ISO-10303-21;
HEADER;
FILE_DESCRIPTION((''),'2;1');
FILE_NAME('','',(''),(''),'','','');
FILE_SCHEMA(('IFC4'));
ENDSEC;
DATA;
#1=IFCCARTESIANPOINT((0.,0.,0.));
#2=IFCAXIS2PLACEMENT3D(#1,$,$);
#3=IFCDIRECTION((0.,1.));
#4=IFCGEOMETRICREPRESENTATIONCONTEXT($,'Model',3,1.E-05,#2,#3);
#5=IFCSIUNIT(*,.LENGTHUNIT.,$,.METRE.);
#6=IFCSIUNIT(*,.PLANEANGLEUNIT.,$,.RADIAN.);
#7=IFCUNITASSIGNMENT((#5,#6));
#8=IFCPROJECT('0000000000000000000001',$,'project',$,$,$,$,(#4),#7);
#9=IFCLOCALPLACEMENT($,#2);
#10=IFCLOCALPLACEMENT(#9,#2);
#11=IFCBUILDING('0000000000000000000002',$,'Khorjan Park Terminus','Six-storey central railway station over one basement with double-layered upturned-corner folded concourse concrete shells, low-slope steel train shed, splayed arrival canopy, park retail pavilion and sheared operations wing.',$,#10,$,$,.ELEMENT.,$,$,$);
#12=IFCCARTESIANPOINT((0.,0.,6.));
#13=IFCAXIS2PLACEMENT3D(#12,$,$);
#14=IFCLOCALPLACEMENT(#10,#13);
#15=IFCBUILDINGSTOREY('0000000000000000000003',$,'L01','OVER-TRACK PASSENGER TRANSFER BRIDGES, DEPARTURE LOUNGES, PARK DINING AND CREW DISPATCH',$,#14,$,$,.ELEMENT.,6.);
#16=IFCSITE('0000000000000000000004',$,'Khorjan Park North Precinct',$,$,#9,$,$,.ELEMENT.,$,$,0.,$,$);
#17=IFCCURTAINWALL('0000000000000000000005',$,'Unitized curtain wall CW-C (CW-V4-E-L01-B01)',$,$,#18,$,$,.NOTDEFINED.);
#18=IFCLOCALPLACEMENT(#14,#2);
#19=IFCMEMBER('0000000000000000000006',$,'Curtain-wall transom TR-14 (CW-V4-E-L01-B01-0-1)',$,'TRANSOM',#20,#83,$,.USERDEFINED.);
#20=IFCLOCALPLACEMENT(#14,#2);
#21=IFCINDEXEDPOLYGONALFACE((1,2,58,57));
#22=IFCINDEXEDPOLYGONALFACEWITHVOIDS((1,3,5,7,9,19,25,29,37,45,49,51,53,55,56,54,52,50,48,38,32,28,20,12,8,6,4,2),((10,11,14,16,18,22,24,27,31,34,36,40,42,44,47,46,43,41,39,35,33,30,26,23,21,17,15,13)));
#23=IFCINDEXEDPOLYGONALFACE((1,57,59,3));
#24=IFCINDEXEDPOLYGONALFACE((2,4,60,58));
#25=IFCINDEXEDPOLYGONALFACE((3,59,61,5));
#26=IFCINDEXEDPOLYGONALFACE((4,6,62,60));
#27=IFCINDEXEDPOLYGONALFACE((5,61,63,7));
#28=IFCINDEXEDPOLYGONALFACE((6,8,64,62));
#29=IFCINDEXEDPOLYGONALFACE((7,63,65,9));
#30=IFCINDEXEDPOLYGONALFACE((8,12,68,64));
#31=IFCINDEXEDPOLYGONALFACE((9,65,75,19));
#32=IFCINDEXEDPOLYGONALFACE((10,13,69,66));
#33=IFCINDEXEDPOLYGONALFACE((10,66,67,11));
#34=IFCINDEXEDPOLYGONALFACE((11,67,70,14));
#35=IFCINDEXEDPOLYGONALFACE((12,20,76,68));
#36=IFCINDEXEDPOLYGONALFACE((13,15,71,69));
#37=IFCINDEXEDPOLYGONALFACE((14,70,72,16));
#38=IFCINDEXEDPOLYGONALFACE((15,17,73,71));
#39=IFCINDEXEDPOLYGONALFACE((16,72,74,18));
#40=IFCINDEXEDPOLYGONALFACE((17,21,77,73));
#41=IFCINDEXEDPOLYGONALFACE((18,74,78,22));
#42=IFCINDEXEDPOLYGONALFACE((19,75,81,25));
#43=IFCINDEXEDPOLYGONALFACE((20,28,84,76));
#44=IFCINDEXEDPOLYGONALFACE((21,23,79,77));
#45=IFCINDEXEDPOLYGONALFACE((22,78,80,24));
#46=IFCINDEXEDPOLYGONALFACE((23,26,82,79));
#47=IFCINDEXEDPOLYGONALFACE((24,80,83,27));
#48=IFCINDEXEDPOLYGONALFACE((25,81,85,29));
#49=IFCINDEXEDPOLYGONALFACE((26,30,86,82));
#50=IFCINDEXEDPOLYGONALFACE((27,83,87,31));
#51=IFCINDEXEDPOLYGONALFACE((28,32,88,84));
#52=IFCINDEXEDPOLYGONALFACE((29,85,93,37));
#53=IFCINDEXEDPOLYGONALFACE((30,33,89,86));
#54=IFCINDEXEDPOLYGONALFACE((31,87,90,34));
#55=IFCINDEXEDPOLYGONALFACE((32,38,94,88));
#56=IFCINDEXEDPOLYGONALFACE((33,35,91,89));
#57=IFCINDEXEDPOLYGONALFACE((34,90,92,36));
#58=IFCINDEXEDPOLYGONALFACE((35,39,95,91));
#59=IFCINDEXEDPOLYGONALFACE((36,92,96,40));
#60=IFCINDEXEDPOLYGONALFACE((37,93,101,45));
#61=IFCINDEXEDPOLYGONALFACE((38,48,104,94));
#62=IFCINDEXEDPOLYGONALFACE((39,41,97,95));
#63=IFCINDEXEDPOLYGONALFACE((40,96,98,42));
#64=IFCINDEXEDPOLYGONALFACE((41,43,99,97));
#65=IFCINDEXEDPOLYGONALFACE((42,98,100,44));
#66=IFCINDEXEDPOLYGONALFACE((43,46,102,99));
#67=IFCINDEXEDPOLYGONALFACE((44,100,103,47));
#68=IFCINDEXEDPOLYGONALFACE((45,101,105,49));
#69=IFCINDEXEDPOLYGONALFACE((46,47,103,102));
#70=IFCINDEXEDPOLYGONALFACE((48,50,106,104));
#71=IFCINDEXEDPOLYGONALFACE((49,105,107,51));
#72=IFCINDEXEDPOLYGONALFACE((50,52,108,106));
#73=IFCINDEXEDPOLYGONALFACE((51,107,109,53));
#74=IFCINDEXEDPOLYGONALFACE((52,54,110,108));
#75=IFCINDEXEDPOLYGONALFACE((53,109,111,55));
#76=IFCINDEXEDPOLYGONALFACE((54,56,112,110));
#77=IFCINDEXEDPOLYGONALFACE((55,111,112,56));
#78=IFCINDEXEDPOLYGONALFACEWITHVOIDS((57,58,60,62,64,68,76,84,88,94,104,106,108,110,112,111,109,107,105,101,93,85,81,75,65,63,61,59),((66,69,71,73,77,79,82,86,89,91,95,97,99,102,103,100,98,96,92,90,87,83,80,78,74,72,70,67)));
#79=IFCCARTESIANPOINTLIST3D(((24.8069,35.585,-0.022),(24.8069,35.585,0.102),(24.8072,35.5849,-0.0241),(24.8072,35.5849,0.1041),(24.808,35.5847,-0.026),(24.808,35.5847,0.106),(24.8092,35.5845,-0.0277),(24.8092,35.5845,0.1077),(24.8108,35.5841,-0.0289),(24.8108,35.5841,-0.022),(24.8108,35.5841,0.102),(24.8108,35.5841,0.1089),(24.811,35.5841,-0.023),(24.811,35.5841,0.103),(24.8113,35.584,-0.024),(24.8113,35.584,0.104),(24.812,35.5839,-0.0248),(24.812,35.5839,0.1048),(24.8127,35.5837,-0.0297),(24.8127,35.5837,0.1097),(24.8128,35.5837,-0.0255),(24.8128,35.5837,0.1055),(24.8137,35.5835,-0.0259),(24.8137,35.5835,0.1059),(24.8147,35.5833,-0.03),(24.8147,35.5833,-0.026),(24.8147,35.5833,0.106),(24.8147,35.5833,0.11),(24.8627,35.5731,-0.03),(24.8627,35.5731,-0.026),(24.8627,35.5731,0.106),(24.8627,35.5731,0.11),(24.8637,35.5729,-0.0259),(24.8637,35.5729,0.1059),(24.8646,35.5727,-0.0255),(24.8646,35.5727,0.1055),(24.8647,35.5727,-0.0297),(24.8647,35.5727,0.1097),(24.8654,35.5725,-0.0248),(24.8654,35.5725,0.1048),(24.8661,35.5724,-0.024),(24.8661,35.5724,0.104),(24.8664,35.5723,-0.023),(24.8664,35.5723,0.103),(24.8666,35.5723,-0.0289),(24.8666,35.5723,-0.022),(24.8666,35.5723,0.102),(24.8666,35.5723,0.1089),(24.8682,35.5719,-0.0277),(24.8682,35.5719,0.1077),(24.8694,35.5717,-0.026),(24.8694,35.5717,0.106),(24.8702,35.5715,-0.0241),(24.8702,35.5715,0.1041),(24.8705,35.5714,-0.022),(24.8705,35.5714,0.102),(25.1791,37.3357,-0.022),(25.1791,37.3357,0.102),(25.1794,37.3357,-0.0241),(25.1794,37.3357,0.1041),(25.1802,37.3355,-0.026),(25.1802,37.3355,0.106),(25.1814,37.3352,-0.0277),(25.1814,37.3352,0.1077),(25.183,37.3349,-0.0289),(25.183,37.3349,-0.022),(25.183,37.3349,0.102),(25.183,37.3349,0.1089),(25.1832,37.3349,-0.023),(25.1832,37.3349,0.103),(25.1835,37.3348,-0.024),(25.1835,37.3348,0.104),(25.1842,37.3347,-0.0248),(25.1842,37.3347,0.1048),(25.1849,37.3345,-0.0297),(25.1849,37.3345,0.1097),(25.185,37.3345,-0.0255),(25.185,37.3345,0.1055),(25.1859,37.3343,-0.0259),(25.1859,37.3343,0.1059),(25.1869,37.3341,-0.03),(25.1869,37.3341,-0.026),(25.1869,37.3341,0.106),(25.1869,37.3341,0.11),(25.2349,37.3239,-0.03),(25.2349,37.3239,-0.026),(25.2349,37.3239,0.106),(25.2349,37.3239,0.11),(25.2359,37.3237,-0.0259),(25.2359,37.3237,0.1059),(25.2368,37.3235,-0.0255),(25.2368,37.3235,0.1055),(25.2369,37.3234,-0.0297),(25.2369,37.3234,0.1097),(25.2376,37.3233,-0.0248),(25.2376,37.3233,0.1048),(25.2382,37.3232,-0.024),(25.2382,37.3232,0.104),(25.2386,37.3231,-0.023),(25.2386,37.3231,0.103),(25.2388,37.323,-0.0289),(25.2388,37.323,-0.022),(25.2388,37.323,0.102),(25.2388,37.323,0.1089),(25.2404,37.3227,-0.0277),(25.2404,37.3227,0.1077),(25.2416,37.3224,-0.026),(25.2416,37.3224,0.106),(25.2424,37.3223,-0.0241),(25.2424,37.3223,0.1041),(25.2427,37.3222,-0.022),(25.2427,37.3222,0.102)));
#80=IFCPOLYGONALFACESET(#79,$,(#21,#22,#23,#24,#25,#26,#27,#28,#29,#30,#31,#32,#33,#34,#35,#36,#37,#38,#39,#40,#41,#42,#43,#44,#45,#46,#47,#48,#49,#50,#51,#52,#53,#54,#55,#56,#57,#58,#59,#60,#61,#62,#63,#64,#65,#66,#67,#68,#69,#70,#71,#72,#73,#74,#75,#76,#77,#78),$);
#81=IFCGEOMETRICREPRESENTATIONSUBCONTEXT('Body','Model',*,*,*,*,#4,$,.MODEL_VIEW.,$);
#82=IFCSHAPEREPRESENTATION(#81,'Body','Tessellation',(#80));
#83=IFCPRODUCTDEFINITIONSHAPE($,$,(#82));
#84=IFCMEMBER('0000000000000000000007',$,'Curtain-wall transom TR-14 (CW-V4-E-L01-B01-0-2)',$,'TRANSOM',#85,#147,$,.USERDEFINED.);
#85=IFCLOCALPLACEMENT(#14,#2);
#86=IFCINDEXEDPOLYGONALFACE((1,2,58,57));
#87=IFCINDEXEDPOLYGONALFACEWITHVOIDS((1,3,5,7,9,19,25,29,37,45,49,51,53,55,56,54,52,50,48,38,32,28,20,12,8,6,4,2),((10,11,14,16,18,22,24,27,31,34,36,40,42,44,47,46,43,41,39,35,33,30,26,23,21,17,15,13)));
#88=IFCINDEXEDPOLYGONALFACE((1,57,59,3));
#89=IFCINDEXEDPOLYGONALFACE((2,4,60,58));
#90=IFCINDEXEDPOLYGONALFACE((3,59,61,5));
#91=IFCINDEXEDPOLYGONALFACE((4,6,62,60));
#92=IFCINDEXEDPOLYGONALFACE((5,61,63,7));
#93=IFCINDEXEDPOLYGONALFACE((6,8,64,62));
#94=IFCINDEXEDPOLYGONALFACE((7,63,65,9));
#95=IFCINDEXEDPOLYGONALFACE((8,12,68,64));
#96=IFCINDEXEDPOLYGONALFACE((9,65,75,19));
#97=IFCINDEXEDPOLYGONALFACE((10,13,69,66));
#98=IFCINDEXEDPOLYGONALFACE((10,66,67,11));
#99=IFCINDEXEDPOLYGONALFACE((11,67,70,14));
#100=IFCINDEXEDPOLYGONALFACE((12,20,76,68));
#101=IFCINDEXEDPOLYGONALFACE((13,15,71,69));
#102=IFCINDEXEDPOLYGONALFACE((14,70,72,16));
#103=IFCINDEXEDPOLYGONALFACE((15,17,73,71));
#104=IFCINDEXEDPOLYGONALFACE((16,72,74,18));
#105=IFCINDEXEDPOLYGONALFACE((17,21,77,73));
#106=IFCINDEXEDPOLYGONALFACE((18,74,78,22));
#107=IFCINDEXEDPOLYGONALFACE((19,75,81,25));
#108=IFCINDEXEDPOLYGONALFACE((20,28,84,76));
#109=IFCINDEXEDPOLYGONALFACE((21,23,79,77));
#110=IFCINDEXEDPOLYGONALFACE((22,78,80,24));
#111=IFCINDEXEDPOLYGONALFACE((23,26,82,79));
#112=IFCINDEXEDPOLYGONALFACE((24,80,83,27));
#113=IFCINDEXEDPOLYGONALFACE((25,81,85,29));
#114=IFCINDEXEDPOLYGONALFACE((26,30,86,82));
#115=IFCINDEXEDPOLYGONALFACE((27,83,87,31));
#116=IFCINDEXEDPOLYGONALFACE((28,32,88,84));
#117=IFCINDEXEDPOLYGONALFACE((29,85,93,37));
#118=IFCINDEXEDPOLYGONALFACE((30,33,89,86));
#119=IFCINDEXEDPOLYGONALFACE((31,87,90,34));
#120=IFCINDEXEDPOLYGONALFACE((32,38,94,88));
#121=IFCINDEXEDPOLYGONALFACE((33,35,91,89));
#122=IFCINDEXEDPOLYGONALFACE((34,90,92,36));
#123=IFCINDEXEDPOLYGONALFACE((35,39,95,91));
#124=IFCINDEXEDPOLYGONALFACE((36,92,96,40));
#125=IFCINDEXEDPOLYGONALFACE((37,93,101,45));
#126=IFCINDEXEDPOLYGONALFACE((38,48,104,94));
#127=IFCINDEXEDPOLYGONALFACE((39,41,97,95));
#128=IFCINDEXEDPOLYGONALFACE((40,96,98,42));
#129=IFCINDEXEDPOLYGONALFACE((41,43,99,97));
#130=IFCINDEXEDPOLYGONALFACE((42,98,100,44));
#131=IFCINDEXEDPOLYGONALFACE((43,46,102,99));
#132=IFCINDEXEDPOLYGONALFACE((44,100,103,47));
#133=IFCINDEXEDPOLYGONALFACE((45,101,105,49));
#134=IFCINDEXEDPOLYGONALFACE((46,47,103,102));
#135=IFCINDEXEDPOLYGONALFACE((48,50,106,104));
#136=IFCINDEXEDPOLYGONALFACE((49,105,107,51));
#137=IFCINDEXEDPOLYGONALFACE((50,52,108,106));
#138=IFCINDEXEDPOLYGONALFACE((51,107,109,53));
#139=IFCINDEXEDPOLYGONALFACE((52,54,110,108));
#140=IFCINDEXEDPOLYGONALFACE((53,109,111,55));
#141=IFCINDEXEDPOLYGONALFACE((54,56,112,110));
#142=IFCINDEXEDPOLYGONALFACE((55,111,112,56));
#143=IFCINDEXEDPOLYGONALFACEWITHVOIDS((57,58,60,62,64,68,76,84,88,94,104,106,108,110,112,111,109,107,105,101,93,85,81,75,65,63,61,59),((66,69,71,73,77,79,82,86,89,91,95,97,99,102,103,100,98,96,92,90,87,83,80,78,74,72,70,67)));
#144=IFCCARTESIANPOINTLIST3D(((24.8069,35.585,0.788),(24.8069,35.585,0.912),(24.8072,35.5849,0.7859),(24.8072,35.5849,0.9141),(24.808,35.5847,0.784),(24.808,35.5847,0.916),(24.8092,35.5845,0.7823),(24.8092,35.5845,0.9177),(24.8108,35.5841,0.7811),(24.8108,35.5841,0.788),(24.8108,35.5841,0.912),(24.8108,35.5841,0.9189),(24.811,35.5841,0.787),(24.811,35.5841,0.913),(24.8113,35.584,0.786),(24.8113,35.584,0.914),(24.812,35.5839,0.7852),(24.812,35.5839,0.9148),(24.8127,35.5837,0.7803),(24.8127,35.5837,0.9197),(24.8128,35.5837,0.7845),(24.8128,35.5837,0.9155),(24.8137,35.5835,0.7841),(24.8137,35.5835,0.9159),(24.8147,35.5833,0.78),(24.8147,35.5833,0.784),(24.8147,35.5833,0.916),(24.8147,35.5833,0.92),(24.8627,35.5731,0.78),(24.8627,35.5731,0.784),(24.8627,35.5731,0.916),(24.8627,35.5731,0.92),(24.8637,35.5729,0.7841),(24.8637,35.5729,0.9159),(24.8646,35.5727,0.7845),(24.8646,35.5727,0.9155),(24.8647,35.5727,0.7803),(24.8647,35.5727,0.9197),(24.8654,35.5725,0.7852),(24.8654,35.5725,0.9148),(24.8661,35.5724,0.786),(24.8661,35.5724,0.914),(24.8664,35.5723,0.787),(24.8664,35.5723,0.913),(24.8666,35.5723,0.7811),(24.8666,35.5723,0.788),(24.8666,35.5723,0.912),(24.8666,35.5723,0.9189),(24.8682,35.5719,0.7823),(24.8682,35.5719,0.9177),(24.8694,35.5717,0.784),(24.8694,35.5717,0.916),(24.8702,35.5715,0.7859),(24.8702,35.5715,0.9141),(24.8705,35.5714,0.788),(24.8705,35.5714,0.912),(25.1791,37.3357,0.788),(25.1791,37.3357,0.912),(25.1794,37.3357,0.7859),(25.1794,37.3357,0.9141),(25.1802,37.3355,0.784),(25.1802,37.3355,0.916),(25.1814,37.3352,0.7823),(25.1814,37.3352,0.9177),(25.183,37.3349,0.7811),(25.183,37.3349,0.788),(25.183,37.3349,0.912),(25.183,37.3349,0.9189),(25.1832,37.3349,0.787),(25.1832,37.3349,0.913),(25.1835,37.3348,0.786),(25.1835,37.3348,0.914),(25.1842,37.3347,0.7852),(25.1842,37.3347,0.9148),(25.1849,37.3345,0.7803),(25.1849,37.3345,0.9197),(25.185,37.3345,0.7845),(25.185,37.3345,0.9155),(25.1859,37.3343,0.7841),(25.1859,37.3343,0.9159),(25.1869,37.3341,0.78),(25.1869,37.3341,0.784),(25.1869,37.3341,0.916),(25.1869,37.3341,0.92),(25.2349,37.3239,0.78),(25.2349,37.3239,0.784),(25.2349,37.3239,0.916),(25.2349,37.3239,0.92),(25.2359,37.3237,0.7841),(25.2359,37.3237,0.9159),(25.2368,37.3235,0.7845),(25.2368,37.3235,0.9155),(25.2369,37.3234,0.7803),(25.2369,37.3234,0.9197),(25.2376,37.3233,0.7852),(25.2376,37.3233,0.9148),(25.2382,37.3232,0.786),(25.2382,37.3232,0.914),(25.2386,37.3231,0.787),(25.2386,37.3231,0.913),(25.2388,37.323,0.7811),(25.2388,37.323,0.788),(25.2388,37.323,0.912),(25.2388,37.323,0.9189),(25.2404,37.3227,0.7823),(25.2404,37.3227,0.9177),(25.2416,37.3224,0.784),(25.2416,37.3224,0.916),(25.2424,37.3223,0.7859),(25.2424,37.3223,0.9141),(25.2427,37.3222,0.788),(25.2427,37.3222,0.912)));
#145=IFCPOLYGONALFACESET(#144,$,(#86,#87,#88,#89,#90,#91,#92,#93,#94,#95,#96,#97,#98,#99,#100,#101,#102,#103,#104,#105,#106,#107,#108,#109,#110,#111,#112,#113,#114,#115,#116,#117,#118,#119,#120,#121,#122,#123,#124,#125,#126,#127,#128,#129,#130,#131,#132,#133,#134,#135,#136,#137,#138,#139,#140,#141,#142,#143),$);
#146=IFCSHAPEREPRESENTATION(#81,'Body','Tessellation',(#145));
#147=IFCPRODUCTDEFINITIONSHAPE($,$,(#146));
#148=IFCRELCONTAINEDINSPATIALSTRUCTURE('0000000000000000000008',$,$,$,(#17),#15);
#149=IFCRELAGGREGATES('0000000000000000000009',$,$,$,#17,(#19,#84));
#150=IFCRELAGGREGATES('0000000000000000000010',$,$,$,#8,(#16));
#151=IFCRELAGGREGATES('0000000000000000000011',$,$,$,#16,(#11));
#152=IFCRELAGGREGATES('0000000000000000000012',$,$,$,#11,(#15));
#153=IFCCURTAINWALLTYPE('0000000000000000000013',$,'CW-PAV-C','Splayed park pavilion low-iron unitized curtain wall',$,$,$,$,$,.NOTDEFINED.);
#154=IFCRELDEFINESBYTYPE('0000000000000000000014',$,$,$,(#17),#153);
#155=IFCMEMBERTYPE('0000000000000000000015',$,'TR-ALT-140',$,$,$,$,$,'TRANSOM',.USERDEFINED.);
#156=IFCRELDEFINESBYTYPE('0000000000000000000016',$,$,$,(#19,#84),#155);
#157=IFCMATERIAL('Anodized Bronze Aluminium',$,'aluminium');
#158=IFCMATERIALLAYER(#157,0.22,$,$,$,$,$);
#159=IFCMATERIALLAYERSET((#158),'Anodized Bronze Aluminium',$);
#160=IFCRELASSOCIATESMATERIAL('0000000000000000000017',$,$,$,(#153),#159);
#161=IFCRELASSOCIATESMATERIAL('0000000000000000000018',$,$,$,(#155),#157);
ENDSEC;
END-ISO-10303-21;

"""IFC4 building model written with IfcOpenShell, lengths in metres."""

from ifc_helpers import new_model, si_unit, direction, frame, origin, origin_2d, place, context, subcontext, project, spatial, hollow_rectangle, extrude, material, layer, layer_set, material_profile, profile_set, type_object, element, aggregate, save


model = new_model("IFC4")

# Units and contexts
model_context = context("Model", 3, precision=1e-05, world=origin(), true_north=direction((0.0, 1.0)))
body_context = subcontext(model_context, "Body", "Model", "MODEL_VIEW")
ifc_project = project(units=[si_unit("LENGTHUNIT", "METRE"), si_unit("PLANEANGLEUNIT", "RADIAN")], contexts=[model_context])

# Site, building, storey
site_placement = place(None, origin())
site = spatial("IfcSite", under=ifc_project, at=site_placement, Name="Khorjan Park North Precinct", CompositionType="ELEMENT", RefElevation=0.0)
building_placement = place(site_placement, origin())
building = spatial("IfcBuilding", under=site, at=building_placement, Name="Khorjan Park Terminus", Description="Six-storey central railway station over one basement with double-layered upturned-corner folded concourse concrete shells, low-slope steel train shed, splayed arrival canopy, park retail pavilion and sheared operations wing.", CompositionType="ELEMENT")
storey_placement = place(building_placement, frame((0.0, 0.0, 6.0)))
storey = spatial("IfcBuildingStorey", under=building, at=storey_placement, Name="L01", Description="OVER-TRACK PASSENGER TRANSFER BRIDGES, DEPARTURE LOUNGES, PARK DINING AND CREW DISPATCH", CompositionType="ELEMENT", Elevation=6.0)

# Shared definitions
ifc_material_1 = material(Name="Anodized Bronze Aluminium", Category="aluminium")
ifc_layer_1 = layer(ifc_material_1, 0.22)
ifc_layer_set_1 = layer_set([ifc_layer_1], Name="Anodized Bronze Aluminium")
curtain_wall_type = type_object("IfcCurtainWallType", Name="CW-PAV-C", Description="Splayed park pavilion low-iron unitized curtain wall", PredefinedType="NOTDEFINED", material=ifc_layer_set_1)

# Curtain wall, members
curtain_wall_1_placement = place(storey_placement, origin())
curtain_wall_1 = element("IfcCurtainWall", 1, at=curtain_wall_1_placement, inside=storey, type_object=curtain_wall_type, Name="Unitized curtain wall CW-C (CW-V4-E-L01-B01)", PredefinedType="NOTDEFINED")
ifc_material_profile_1 = material_profile(ifc_material_1, hollow_rectangle(XDim=0.065, YDim=0.14, WallThickness=0.004, InnerFilletRadius=0.004, OuterFilletRadius=0.008, at=origin_2d()), Name="ALT 65x140x4")
ifc_profile_set_1 = profile_set([ifc_material_profile_1], Name="Anodized Bronze Aluminium")
member_type_1 = type_object("IfcMemberType", Name="TR-ALT-140", ElementType="TRANSOM", PredefinedType="USERDEFINED", material=ifc_profile_set_1)
member_1_placement = place(storey_placement, frame((24.8387, 35.5782, 0.04), z_axis=(0.207942, 0.978141, 0.0), x_axis=(-0.978141, 0.207942, 0.0)))
member_1 = element("IfcMember", 2, at=member_1_placement, type_object=member_type_1, Name="Curtain-wall transom TR-14 (CW-V4-E-L01-B01-0-1)", ObjectType="TRANSOM", PredefinedType="USERDEFINED", context=body_context, shape_type="SweptSolid", body=[
    extrude(hollow_rectangle(XDim=0.065, YDim=0.14, WallThickness=0.004, InnerFilletRadius=0.004, OuterFilletRadius=0.008, at=origin_2d()), origin(), (0.0, 0.0, 1.0), 1.7899),
])
member_2_placement = place(storey_placement, frame((24.8387, 35.5782, 0.85), z_axis=(0.207942, 0.978141, 0.0), x_axis=(-0.978141, 0.207942, 0.0)))
member_2 = element("IfcMember", 3, at=member_2_placement, type_object=member_type_1, Name="Curtain-wall transom TR-14 (CW-V4-E-L01-B01-0-2)", ObjectType="TRANSOM", PredefinedType="USERDEFINED", context=body_context, shape_type="SweptSolid", body=[
    extrude(hollow_rectangle(XDim=0.065, YDim=0.14, WallThickness=0.004, InnerFilletRadius=0.004, OuterFilletRadius=0.008, at=origin_2d()), origin(), (0.0, 0.0, 1.0), 1.7899),
])
aggregate(curtain_wall_1, [member_1, member_2])

save(model, "model.ifc")
